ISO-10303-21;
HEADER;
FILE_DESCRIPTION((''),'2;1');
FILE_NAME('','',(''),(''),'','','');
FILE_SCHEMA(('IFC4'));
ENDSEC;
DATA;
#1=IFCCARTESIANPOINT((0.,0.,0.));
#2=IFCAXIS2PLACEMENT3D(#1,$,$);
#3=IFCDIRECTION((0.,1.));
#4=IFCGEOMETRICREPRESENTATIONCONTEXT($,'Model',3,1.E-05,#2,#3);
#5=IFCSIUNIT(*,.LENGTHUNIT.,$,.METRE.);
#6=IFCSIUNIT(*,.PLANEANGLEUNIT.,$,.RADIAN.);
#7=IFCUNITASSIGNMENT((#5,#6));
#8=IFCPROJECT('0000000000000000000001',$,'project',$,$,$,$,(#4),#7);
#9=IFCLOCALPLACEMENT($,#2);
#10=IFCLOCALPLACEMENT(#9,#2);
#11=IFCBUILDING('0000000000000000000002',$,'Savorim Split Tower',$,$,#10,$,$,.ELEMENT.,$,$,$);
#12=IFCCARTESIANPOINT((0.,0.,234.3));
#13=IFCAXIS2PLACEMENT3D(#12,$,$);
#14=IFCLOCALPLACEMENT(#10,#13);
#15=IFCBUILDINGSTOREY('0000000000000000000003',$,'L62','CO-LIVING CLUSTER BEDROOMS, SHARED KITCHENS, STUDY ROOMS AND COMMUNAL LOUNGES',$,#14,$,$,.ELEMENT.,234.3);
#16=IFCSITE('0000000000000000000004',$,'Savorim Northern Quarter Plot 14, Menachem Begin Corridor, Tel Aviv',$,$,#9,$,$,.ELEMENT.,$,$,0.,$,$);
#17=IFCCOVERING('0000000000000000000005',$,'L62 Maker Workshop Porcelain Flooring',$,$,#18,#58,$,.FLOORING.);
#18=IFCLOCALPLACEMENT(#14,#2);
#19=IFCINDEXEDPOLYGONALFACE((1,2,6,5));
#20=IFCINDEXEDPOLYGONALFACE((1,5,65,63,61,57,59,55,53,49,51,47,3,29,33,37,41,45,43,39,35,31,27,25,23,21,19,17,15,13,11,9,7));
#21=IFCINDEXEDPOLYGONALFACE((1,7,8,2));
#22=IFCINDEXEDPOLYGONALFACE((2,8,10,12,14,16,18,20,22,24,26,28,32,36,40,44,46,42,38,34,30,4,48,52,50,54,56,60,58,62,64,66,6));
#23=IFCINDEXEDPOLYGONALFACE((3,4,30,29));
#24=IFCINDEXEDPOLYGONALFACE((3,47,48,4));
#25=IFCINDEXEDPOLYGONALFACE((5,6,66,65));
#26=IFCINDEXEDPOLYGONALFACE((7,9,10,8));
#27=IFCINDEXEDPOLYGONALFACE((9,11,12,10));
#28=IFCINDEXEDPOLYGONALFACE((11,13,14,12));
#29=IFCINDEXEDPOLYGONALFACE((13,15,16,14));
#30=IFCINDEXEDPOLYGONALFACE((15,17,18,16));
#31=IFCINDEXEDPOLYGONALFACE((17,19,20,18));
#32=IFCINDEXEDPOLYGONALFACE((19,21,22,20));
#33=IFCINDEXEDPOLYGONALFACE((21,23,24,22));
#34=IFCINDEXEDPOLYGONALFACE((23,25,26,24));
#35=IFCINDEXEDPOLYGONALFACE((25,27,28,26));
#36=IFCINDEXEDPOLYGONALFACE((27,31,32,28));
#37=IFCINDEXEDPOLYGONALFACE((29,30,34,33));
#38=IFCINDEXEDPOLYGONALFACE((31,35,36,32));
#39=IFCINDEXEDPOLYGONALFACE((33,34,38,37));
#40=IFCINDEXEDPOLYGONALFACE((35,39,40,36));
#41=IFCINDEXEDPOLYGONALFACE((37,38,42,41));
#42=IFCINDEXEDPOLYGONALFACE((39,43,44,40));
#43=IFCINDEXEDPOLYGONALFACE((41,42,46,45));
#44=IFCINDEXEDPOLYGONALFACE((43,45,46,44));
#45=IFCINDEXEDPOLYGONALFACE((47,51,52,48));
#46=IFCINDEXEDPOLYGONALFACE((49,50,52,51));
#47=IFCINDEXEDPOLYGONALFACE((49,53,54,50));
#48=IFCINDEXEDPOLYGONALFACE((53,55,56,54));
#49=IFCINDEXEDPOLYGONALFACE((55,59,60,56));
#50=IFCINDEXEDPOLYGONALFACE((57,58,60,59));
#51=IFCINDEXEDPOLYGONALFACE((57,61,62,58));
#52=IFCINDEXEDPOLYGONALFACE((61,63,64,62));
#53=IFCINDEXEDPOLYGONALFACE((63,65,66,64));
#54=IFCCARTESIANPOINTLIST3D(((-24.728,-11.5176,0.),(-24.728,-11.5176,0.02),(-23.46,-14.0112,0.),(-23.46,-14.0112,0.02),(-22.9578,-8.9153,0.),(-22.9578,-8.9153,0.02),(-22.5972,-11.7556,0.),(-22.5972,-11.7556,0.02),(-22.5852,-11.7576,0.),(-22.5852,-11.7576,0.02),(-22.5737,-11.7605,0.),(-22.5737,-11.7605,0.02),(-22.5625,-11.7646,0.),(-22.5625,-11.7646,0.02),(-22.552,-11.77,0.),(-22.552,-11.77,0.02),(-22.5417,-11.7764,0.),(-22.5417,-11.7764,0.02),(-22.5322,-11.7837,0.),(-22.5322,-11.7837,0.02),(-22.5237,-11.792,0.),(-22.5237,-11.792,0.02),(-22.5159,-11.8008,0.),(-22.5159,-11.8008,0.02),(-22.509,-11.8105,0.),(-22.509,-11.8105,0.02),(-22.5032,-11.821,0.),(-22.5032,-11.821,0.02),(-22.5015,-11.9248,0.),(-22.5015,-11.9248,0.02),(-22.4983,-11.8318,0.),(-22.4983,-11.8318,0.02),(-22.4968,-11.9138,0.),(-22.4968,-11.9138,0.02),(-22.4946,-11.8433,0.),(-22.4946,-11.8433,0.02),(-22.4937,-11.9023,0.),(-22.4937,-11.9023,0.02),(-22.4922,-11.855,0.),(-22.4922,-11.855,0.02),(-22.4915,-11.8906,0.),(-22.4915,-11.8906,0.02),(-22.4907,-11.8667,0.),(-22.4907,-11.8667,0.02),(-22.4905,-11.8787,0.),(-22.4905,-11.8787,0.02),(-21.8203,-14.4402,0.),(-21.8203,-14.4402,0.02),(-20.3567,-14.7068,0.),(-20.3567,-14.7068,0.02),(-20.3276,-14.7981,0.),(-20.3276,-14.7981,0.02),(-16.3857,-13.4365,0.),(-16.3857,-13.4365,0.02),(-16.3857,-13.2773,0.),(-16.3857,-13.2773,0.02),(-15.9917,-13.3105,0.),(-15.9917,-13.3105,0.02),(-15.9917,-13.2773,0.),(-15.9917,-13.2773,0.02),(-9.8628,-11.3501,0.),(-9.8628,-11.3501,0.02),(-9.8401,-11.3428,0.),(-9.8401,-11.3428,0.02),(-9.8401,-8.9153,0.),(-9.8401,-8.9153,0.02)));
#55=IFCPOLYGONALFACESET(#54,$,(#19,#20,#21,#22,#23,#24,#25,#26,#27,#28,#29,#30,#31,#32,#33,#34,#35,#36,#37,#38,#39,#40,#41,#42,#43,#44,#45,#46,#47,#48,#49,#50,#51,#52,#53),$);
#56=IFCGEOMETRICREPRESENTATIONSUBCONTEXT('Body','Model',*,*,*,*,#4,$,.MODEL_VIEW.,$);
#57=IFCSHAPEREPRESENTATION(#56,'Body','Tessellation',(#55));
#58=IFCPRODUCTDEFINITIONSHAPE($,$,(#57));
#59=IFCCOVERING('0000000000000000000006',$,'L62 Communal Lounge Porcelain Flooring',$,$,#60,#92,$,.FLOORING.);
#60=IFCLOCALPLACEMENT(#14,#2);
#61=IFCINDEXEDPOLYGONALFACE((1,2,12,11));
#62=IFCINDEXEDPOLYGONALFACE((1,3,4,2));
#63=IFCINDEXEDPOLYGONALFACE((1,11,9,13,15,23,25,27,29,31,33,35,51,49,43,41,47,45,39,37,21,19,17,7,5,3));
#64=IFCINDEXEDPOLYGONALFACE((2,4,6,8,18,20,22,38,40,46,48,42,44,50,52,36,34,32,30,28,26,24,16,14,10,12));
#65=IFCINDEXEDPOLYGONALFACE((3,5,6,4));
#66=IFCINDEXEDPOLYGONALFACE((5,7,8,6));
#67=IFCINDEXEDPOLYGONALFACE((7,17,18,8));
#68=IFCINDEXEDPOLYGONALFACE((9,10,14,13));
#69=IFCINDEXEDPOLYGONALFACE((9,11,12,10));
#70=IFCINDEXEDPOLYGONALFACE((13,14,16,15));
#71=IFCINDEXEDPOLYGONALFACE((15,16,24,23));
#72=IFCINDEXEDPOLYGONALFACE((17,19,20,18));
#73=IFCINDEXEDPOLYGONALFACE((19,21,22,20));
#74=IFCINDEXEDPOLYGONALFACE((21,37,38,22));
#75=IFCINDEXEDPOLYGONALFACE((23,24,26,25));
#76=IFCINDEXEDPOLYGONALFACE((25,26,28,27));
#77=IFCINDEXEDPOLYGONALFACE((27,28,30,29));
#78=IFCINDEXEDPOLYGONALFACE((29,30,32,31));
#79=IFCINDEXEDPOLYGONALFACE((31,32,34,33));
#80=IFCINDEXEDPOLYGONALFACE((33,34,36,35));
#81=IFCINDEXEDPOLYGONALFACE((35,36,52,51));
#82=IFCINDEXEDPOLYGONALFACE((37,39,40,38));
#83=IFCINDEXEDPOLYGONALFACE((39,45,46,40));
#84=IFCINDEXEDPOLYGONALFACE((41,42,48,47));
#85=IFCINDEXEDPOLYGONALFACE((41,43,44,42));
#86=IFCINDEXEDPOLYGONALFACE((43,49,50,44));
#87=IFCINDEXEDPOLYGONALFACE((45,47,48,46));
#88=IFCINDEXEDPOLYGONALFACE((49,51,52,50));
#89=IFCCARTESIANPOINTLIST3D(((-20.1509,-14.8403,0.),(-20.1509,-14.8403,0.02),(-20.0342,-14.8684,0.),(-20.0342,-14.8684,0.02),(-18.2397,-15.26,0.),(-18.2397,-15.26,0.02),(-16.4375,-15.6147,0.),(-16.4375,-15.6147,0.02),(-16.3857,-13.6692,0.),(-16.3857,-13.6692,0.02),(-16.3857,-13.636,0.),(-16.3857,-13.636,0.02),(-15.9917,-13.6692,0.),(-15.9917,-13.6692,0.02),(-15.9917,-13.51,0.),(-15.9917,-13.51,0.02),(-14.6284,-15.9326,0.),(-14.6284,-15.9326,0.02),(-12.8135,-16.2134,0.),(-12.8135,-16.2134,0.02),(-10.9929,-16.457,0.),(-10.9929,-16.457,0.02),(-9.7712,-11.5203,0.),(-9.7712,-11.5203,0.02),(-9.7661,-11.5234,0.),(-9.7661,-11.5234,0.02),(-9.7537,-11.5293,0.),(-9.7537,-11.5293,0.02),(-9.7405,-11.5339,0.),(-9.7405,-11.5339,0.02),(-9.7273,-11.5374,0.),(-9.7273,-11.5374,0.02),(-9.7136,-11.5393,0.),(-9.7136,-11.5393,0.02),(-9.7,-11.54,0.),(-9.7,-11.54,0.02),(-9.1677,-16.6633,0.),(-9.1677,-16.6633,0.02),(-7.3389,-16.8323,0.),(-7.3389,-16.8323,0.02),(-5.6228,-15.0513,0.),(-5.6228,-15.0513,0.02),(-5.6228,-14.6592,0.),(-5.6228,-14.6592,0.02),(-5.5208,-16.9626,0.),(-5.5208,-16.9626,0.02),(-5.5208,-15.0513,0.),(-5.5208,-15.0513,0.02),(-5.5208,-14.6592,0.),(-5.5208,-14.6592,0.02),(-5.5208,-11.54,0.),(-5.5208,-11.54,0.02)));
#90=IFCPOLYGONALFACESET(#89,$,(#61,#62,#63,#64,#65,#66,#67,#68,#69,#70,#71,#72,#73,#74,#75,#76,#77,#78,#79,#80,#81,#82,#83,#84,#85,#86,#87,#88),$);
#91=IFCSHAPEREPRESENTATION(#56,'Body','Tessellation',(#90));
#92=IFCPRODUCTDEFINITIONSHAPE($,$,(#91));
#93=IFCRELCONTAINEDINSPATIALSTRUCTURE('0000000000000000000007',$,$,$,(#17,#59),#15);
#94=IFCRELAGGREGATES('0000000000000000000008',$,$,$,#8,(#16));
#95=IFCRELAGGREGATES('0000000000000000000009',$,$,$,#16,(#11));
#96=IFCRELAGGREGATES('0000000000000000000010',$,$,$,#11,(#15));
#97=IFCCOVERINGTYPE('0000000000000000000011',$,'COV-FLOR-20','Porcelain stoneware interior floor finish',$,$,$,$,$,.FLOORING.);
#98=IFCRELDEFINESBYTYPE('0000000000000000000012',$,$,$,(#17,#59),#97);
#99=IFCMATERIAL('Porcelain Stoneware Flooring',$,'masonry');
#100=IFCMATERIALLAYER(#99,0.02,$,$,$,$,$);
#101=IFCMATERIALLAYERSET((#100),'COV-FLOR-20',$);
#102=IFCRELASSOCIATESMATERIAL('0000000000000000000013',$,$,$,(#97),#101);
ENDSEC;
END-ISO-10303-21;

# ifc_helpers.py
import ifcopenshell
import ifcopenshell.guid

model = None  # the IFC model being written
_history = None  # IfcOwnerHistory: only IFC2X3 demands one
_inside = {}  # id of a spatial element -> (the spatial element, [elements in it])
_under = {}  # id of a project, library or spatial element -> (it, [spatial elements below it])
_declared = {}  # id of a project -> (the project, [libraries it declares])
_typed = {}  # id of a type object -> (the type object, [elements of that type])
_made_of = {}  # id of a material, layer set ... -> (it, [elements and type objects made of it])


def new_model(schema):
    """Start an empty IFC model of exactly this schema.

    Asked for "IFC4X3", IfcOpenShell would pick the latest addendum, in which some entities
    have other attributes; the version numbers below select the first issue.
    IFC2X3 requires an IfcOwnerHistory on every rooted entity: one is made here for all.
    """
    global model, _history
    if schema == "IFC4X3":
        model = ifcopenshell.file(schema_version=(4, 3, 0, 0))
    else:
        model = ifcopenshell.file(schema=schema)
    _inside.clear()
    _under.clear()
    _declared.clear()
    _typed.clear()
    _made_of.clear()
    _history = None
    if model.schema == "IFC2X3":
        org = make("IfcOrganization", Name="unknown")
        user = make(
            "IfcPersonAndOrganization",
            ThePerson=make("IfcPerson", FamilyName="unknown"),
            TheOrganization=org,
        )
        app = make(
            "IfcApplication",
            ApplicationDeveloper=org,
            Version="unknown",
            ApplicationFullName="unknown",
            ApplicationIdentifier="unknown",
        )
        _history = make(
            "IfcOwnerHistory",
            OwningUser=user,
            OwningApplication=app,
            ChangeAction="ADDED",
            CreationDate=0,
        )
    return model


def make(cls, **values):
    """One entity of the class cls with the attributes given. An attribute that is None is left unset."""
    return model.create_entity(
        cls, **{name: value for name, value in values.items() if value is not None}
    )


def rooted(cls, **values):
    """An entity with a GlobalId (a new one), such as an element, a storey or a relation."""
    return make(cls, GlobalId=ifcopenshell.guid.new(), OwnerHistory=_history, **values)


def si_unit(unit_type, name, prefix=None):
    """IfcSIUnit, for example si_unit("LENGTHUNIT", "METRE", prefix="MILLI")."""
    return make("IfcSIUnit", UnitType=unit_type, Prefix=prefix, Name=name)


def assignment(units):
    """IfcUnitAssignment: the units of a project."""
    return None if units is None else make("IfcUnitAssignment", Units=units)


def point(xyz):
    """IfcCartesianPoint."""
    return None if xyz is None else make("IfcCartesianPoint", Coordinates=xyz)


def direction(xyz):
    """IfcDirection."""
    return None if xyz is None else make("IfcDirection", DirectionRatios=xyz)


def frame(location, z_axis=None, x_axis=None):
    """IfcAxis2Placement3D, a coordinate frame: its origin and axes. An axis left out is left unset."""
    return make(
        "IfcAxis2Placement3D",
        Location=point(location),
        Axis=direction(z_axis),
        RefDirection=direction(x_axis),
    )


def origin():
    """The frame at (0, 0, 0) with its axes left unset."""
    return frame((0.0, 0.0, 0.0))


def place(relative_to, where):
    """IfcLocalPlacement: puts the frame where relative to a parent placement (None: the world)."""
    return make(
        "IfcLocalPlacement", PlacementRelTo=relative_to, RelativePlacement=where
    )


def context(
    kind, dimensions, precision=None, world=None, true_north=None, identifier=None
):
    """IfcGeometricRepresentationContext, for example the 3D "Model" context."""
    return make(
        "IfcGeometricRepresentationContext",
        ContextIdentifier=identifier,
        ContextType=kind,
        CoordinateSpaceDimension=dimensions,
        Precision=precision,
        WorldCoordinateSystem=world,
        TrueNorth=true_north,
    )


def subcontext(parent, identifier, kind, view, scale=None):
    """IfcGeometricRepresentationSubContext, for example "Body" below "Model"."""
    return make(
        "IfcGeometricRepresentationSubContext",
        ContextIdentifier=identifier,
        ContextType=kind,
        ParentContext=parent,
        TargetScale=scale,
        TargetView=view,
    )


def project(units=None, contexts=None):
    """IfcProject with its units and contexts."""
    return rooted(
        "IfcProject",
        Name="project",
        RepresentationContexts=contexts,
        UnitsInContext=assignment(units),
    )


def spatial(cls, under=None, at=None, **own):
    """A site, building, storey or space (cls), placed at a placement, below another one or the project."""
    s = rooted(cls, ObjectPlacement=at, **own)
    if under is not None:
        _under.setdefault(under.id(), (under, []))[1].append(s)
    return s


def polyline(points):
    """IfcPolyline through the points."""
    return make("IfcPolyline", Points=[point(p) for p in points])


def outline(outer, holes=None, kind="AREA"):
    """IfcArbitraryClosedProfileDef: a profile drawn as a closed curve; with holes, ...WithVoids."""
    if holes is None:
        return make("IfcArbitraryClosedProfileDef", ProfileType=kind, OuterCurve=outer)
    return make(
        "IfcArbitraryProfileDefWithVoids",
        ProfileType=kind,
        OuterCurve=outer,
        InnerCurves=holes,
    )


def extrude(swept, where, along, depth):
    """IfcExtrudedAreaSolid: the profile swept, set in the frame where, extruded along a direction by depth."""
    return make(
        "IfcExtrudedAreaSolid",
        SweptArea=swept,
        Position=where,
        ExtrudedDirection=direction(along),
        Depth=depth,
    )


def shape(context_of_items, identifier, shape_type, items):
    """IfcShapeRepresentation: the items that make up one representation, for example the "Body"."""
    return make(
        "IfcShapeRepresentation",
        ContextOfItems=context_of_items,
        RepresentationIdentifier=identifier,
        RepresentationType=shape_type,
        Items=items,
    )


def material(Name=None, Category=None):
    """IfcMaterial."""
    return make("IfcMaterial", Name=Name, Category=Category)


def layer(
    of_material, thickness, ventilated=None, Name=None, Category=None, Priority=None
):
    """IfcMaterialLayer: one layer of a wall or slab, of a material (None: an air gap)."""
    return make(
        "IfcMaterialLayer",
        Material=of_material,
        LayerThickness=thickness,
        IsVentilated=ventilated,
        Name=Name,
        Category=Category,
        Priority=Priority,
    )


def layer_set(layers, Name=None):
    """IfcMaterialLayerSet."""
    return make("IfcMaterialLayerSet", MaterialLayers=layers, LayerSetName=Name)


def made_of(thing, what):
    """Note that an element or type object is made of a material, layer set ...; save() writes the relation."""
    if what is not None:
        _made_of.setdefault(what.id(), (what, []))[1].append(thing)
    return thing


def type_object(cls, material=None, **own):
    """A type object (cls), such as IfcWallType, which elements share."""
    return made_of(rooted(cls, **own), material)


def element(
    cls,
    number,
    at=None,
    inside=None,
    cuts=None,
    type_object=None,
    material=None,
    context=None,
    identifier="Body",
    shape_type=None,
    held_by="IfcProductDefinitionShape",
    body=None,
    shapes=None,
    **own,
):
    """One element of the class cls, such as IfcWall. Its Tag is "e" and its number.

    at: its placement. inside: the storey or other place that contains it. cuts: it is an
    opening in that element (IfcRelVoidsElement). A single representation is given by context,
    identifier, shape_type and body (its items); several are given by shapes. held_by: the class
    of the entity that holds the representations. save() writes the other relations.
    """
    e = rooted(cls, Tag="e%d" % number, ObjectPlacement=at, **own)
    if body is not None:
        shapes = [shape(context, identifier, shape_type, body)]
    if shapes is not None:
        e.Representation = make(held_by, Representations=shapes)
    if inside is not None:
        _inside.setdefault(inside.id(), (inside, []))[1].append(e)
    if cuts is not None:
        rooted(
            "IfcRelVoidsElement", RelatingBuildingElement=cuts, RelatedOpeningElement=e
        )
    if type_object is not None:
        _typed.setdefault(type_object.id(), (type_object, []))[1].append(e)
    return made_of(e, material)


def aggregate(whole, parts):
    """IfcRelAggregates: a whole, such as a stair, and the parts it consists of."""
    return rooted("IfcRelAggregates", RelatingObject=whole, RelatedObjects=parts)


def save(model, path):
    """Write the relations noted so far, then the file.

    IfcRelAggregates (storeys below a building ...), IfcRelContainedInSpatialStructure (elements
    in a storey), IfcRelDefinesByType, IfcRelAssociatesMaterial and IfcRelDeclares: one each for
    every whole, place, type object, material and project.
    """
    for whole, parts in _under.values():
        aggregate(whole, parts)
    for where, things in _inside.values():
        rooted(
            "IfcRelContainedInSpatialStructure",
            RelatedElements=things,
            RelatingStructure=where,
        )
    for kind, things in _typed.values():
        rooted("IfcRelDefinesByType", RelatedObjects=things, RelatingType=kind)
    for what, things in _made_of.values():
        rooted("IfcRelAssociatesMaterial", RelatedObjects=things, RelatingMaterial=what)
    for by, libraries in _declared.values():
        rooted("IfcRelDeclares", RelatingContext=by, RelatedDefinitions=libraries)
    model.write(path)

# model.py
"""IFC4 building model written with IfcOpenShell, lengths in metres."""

from ifc_helpers import new_model, si_unit, direction, frame, origin, place, context, subcontext, project, spatial, polyline, outline, extrude, material, layer, layer_set, type_object, element, save


model = new_model("IFC4")

# Units and contexts
model_context = context("Model", 3, precision=1e-05, world=origin(), true_north=direction((0.0, 1.0)))
body_context = subcontext(model_context, "Body", "Model", "MODEL_VIEW")
ifc_project = project(units=[si_unit("LENGTHUNIT", "METRE"), si_unit("PLANEANGLEUNIT", "RADIAN")], contexts=[model_context])

# Site, building, storey
site_placement = place(None, origin())
site = spatial("IfcSite", under=ifc_project, at=site_placement, Name="Savorim Northern Quarter Plot 14, Menachem Begin Corridor, Tel Aviv", CompositionType="ELEMENT", RefElevation=0.0)
building_placement = place(site_placement, origin())
building = spatial("IfcBuilding", under=site, at=building_placement, Name="Savorim Split Tower", CompositionType="ELEMENT")
storey_placement = place(building_placement, frame((0.0, 0.0, 234.3)))
storey = spatial("IfcBuildingStorey", under=building, at=storey_placement, Name="L62", Description="CO-LIVING CLUSTER BEDROOMS, SHARED KITCHENS, STUDY ROOMS AND COMMUNAL LOUNGES", CompositionType="ELEMENT", Elevation=234.3)

# Coverings
ifc_material_1 = material(Name="Porcelain Stoneware Flooring", Category="masonry")
ifc_layer_1 = layer(ifc_material_1, 0.02)
ifc_layer_set_1 = layer_set([ifc_layer_1], Name="COV-FLOR-20")
covering_type_1 = type_object("IfcCoveringType", Name="COV-FLOR-20", Description="Porcelain stoneware interior floor finish", PredefinedType="FLOORING", material=ifc_layer_set_1)
covering_1_placement = place(storey_placement, origin())
element("IfcCovering", 1, at=covering_1_placement, inside=storey, type_object=covering_type_1, Name="L62 Maker Workshop Porcelain Flooring", PredefinedType="FLOORING", context=body_context, shape_type="SweptSolid", body=[
    extrude(outline(polyline([(-22.4907, -11.8667), (-22.4905, -11.8787), (-22.4915, -11.8906), (-22.4937, -11.9023), (-22.4968, -11.9138), (-22.5015, -11.9248), (-23.46, -14.0112), (-21.8203, -14.4402), (-20.3276, -14.7981), (-20.3567, -14.7068), (-16.3857, -13.4365), (-16.3857, -13.2773), (-15.9917, -13.2773), (-15.9917, -13.3105), (-9.8628, -11.3501), (-9.8401, -11.3428), (-9.8401, -8.9153), (-22.9578, -8.9153), (-24.728, -11.5176), (-22.5972, -11.7556), (-22.5852, -11.7576), (-22.5737, -11.7605), (-22.5625, -11.7646), (-22.552, -11.77), (-22.5417, -11.7764), (-22.5322, -11.7837), (-22.5237, -11.792), (-22.5159, -11.8008), (-22.509, -11.8105), (-22.5032, -11.821), (-22.4983, -11.8318), (-22.4946, -11.8433), (-22.4922, -11.855), (-22.4907, -11.8667)])), origin(), (0.0, 0.0, 1.0), 0.02),
])
covering_2_placement = place(storey_placement, origin())
element("IfcCovering", 2, at=covering_2_placement, inside=storey, type_object=covering_type_1, Name="L62 Communal Lounge Porcelain Flooring", PredefinedType="FLOORING", context=body_context, shape_type="SweptSolid", body=[
    extrude(outline(polyline([(-12.8135, -16.2134), (-10.9929, -16.457), (-9.1677, -16.6633), (-7.3389, -16.8323), (-5.5208, -16.9626), (-5.5208, -15.0513), (-5.6228, -15.0513), (-5.6228, -14.6592), (-5.5208, -14.6592), (-5.5208, -11.54), (-9.7, -11.54), (-9.7136, -11.5393), (-9.7273, -11.5374), (-9.7405, -11.5339), (-9.7537, -11.5293), (-9.7661, -11.5234), (-9.7712, -11.5203), (-15.9917, -13.51), (-15.9917, -13.6692), (-16.3857, -13.6692), (-16.3857, -13.636), (-20.1509, -14.8403), (-20.0342, -14.8684), (-18.2397, -15.26), (-16.4375, -15.6147), (-14.6284, -15.9326), (-12.8135, -16.2134)])), origin(), (0.0, 0.0, 1.0), 0.02),
])

save(model, "model.ifc")
